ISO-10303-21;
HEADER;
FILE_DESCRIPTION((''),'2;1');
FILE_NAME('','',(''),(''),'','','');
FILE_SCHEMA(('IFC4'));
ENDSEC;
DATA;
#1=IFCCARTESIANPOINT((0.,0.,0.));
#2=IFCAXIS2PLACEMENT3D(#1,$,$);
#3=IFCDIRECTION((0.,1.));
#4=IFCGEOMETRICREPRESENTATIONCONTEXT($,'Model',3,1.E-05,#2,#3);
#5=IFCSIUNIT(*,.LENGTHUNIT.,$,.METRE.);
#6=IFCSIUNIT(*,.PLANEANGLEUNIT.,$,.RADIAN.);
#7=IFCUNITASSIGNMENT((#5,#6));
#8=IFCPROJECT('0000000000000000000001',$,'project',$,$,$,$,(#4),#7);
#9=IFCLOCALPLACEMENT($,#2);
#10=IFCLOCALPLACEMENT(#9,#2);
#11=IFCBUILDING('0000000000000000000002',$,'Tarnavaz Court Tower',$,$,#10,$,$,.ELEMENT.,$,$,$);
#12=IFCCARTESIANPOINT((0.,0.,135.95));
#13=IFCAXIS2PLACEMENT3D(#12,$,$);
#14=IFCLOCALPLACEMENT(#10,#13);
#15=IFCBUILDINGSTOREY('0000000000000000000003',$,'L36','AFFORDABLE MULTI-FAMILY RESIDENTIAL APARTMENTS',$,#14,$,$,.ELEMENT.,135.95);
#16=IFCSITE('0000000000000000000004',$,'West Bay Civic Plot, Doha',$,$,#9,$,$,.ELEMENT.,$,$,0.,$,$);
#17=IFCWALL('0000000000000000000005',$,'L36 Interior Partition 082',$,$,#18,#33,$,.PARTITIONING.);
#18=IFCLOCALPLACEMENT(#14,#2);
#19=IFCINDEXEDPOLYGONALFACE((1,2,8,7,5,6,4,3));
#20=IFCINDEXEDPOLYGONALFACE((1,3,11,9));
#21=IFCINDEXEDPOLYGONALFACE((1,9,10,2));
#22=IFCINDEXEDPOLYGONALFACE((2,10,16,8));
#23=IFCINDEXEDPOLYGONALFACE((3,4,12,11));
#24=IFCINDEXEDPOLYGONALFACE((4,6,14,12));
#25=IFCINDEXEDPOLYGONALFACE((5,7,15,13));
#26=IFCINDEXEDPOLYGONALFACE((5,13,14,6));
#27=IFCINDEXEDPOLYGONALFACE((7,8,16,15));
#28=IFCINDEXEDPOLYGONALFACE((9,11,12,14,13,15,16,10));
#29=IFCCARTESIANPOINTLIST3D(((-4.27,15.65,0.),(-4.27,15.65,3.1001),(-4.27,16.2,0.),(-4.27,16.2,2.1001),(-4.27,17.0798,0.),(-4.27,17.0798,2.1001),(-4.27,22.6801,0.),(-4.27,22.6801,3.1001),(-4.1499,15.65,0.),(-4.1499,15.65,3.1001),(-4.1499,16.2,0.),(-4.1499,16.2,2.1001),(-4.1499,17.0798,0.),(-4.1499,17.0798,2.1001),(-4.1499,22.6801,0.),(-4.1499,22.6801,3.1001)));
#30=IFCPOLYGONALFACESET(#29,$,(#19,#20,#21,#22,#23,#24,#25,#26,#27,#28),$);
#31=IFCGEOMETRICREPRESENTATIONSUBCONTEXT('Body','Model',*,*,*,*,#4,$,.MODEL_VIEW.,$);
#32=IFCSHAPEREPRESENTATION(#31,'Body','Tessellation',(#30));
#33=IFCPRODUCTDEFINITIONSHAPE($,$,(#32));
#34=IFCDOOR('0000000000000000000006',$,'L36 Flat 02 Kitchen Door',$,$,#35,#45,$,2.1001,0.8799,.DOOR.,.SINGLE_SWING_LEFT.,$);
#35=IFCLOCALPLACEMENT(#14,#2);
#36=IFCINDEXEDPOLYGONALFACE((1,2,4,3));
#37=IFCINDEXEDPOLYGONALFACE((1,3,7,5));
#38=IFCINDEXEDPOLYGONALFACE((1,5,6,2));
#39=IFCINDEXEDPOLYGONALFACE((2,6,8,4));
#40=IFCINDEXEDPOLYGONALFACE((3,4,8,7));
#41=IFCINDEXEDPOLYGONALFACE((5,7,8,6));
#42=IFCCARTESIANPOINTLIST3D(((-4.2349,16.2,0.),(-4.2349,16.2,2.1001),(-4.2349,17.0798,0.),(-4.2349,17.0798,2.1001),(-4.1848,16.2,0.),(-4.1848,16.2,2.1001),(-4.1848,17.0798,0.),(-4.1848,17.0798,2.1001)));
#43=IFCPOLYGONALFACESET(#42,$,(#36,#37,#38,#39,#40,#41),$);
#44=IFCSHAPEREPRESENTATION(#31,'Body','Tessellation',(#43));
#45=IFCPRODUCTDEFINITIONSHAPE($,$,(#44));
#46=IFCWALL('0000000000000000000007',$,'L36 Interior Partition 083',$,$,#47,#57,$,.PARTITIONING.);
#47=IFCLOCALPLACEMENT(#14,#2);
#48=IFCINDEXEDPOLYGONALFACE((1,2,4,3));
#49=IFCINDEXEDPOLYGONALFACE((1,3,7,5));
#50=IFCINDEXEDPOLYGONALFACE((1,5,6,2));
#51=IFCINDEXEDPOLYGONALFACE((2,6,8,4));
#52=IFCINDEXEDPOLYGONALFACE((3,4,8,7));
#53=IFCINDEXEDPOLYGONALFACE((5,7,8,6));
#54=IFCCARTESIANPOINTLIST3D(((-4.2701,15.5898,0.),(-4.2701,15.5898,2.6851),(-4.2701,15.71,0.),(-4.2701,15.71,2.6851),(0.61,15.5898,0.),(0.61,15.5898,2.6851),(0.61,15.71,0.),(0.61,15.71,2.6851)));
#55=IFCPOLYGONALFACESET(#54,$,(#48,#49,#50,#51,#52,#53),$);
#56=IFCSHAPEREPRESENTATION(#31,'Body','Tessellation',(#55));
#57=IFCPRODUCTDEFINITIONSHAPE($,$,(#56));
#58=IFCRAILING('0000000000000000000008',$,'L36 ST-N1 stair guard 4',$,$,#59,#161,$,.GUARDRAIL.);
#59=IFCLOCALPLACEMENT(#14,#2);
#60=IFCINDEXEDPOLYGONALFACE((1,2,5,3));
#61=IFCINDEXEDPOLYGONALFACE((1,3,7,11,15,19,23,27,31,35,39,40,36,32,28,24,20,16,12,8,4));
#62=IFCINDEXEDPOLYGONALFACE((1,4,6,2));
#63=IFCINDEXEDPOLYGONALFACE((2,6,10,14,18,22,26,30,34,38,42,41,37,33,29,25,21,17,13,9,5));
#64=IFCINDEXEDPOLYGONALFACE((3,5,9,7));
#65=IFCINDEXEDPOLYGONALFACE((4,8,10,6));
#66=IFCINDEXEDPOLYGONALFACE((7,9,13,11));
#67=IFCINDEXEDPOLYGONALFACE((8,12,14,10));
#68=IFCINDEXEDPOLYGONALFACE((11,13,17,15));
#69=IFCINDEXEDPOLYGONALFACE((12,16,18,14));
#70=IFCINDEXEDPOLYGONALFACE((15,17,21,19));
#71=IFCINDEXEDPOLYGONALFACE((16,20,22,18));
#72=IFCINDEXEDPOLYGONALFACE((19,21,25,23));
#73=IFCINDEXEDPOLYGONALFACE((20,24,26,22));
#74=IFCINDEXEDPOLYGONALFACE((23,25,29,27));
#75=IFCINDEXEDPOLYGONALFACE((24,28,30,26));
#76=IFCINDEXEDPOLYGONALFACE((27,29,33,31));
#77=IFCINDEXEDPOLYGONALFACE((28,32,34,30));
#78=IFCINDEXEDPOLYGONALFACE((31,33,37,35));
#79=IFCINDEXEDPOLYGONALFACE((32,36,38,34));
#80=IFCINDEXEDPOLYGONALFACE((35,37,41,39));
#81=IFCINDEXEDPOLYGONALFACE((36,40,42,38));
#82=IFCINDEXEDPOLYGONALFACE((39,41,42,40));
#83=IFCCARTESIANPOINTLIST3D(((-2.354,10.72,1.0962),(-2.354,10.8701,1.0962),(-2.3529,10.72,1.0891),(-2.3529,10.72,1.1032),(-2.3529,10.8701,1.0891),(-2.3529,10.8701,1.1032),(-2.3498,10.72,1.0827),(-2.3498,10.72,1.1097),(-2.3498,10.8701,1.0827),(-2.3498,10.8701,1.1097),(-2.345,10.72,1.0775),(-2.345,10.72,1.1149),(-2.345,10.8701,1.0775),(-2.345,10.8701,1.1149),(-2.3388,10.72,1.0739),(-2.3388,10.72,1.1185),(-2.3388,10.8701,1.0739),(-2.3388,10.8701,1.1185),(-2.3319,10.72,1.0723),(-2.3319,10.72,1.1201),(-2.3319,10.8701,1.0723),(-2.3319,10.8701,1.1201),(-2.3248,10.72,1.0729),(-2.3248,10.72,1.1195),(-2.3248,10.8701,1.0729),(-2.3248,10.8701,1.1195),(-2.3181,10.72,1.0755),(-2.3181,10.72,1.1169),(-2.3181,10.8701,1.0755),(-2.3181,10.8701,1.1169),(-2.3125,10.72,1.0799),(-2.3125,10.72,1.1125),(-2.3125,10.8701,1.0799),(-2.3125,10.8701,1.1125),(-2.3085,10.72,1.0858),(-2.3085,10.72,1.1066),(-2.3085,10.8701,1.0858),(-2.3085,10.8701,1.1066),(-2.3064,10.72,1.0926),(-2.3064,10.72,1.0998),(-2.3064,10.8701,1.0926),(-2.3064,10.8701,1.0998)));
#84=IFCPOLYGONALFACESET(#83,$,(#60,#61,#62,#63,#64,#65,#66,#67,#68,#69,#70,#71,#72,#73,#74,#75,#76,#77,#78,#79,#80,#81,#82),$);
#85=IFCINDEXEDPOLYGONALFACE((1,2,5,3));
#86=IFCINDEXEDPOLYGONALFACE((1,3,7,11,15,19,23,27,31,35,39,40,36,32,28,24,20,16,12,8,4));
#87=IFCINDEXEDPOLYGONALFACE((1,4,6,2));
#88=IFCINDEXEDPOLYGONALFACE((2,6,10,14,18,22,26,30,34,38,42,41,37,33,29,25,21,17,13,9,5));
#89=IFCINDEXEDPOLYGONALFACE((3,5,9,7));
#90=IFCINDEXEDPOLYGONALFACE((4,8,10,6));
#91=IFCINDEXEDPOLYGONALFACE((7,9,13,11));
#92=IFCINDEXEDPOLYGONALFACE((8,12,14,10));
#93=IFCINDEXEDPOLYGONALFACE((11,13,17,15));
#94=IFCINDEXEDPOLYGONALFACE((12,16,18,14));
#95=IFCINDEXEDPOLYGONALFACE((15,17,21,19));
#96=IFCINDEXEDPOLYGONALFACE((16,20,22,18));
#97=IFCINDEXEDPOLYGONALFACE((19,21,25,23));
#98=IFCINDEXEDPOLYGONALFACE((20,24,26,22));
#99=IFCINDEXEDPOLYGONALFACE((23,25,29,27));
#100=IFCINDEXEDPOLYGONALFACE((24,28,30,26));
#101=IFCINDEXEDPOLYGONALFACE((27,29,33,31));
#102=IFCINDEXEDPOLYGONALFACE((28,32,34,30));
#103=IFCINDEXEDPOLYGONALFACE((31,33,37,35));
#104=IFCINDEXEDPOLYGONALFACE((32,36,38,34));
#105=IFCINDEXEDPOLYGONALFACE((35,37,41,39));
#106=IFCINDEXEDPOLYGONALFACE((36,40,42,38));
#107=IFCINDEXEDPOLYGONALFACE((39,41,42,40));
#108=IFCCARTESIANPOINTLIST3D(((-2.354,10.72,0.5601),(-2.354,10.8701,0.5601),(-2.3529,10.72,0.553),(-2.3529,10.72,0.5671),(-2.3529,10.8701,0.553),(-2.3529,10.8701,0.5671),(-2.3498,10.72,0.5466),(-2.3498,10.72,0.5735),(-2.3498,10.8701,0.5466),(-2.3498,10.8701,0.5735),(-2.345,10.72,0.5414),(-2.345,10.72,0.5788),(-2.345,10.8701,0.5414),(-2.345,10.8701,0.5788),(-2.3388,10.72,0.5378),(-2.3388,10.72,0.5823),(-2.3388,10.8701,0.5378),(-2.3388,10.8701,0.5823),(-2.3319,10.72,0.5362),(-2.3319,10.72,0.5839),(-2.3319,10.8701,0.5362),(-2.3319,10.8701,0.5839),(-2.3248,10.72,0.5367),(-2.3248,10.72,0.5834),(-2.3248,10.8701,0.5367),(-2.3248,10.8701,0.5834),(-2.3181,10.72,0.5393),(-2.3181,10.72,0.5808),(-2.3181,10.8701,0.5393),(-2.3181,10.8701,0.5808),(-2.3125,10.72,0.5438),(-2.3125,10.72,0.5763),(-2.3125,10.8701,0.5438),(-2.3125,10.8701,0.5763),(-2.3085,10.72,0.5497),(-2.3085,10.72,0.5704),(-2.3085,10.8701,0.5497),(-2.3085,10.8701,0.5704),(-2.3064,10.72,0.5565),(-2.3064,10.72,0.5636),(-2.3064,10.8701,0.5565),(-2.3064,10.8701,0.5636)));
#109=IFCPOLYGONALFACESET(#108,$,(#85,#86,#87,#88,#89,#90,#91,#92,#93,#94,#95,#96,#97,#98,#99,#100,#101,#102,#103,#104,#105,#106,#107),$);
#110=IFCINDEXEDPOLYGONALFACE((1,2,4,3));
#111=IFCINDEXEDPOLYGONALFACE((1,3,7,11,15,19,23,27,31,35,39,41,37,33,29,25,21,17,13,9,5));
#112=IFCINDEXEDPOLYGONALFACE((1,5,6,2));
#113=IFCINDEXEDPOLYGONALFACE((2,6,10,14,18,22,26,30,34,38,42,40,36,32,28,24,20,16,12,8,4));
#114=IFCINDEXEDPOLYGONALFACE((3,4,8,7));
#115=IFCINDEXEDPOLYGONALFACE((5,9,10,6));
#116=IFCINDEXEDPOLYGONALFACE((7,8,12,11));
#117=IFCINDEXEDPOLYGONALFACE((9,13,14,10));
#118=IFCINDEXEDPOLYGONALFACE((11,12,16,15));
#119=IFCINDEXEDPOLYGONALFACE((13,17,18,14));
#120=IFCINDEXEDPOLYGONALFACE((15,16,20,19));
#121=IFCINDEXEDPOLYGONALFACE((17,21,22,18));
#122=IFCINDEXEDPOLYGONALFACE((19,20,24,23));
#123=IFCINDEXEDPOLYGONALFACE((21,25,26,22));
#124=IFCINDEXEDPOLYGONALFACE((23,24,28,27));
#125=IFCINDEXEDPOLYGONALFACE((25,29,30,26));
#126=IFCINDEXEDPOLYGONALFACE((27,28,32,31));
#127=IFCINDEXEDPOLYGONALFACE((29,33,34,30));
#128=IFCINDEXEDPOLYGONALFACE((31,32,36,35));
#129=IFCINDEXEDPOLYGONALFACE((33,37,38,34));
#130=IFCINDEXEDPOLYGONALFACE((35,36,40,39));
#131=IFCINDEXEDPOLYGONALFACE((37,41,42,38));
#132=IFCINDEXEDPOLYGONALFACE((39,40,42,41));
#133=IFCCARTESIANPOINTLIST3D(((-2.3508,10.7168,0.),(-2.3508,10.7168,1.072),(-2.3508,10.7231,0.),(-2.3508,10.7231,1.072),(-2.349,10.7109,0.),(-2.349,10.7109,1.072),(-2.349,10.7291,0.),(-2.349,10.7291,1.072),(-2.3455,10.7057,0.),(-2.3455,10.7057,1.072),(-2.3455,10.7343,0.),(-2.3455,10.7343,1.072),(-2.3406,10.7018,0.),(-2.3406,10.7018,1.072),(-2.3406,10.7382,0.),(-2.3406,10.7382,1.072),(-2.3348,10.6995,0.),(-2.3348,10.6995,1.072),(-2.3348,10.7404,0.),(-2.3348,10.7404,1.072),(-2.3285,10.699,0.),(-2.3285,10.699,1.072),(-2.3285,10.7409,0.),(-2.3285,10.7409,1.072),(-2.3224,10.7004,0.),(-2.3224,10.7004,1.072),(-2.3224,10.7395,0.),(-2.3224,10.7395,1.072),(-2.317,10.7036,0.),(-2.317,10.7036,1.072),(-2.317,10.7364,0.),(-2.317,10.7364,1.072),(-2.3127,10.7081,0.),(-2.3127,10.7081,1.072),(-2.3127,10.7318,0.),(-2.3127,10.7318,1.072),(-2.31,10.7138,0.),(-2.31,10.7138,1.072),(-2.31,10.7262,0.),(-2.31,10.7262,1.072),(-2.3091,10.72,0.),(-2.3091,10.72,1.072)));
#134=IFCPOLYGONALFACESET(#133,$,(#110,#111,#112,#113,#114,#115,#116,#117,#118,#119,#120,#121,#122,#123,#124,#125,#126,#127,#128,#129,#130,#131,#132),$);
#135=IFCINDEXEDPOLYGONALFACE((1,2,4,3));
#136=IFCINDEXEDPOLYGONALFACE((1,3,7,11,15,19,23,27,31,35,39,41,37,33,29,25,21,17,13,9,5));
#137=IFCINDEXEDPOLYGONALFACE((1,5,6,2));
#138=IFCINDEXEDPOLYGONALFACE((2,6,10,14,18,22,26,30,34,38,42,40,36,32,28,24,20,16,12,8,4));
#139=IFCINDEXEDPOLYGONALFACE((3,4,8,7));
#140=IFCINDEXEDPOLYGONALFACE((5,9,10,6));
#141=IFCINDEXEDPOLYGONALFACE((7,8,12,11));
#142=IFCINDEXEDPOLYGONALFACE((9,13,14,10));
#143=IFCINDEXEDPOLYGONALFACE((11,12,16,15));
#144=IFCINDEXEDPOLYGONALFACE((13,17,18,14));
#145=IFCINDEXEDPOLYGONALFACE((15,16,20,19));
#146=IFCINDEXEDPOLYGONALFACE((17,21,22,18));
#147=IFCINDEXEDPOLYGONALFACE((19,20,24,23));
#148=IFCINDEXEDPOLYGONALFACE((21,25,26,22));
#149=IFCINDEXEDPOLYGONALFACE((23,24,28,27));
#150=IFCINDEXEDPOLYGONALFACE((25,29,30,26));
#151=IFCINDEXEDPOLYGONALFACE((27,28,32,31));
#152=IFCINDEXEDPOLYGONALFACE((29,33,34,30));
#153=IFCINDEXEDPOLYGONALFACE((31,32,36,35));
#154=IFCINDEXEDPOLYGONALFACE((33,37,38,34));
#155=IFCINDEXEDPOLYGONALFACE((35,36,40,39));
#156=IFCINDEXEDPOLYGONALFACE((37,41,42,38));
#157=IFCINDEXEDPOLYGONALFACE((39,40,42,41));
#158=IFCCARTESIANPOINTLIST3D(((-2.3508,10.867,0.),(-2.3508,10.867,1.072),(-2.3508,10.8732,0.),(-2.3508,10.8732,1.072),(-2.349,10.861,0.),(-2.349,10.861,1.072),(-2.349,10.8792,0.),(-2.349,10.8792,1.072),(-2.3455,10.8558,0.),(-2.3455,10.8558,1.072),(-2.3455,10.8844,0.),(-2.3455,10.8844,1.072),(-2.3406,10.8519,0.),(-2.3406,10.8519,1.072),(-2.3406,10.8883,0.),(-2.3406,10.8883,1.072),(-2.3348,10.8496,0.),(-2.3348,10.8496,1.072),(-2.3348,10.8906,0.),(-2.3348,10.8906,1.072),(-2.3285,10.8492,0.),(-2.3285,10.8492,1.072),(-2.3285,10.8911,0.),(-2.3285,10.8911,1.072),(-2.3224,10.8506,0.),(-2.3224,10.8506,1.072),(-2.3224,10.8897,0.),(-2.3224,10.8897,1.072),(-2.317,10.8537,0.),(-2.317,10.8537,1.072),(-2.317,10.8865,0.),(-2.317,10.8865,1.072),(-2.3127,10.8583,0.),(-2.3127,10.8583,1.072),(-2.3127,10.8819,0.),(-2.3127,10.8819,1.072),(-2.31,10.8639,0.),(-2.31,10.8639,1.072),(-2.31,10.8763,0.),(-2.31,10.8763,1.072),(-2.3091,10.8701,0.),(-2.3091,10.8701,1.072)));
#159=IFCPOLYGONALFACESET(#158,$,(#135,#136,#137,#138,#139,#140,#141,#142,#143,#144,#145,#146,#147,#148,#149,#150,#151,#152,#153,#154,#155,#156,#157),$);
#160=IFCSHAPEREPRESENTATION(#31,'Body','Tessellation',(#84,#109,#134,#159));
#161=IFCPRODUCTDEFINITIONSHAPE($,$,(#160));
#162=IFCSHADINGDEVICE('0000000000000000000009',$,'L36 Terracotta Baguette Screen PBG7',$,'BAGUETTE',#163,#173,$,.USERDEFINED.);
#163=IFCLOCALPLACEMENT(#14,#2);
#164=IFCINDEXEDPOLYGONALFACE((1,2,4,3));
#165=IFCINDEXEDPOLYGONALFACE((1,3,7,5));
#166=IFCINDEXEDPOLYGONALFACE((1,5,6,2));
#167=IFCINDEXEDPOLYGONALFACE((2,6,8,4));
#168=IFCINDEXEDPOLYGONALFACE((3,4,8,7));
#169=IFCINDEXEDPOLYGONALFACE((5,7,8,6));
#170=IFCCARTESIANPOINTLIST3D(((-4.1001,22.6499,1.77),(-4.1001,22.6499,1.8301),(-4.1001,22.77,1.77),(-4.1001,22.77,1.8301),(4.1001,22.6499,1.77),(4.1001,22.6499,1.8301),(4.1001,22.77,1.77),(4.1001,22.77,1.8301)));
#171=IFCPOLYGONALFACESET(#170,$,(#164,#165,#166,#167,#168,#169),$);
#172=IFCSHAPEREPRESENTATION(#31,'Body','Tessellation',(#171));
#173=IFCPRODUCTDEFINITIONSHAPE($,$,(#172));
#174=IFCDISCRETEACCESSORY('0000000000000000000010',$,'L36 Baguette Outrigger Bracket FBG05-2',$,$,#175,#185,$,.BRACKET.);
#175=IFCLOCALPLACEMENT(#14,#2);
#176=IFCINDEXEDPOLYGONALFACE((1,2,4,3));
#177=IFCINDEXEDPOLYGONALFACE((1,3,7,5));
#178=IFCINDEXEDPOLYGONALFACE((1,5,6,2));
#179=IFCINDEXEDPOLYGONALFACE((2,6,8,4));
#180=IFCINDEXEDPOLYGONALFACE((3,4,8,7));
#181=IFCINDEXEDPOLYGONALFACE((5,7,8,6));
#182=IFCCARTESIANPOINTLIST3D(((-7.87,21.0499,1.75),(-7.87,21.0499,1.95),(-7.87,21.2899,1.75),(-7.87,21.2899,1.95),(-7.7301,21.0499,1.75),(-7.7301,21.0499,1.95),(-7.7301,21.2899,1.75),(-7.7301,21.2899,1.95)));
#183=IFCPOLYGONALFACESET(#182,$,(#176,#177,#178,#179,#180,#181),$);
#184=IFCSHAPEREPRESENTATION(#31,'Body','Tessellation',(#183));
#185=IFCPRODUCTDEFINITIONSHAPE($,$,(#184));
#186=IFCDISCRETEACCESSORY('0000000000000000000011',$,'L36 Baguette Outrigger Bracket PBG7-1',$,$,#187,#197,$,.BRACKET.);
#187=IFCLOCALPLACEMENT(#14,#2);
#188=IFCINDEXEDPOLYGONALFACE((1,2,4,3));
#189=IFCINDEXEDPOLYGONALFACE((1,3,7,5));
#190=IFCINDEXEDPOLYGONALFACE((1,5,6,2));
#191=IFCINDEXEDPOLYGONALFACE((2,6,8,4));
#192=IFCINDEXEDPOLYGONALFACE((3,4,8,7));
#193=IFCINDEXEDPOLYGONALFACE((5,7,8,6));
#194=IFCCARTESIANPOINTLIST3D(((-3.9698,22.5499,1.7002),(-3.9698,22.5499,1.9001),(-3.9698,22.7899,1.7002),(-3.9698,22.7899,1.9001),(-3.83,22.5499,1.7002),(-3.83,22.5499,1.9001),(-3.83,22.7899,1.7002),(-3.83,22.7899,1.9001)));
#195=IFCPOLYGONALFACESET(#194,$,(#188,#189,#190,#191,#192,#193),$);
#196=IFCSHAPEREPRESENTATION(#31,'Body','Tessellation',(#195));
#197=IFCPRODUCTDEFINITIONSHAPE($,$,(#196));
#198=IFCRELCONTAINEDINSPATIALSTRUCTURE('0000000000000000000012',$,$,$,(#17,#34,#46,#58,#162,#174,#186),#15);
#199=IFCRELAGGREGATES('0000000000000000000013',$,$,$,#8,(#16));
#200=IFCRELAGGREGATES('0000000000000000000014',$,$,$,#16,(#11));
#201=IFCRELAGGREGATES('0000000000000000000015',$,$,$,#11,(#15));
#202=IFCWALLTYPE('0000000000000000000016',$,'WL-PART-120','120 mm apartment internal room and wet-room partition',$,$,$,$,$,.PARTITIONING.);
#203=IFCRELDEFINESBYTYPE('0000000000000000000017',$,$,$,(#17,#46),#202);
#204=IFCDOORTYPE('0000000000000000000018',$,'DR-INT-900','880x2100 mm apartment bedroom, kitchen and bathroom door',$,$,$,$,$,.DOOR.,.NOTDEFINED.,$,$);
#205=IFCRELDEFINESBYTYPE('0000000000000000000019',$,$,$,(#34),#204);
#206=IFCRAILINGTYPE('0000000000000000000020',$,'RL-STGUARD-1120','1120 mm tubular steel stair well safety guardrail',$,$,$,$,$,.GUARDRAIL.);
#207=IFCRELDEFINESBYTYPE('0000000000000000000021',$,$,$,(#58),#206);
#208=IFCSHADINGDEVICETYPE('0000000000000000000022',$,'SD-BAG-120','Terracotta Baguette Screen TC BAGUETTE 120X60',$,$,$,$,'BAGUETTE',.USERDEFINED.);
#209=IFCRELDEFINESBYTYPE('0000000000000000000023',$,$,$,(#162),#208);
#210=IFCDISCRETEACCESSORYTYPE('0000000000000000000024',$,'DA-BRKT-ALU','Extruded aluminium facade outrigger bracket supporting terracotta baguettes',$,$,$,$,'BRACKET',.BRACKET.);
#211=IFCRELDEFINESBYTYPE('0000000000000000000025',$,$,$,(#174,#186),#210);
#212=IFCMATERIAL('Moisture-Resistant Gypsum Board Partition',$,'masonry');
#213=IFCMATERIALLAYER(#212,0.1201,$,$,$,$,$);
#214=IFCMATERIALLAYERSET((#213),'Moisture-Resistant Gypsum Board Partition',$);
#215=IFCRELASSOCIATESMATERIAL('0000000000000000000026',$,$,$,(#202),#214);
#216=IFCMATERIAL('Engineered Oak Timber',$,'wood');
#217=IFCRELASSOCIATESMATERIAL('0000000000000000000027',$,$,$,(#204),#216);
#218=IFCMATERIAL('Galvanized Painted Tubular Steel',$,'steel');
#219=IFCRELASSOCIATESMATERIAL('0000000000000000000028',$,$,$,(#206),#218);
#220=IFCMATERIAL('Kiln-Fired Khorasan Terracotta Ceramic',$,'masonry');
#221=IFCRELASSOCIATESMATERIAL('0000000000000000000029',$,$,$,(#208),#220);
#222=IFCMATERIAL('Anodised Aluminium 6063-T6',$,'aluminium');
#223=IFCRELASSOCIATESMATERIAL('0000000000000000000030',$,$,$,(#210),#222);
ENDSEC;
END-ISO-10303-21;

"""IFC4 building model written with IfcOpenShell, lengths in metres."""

from ifc_helpers import new_model, si_unit, direction, frame, frame_2d, origin, origin_2d, place, context, subcontext, project, spatial, rectangle, circle, extrude, material, layer, layer_set, material_profile, profile_set, type_object, element, fill, save


model = new_model("IFC4")

# Units and contexts
model_context = context("Model", 3, precision=1e-05, world=origin(), true_north=direction((0.0, 1.0)))
body_context = subcontext(model_context, "Body", "Model", "MODEL_VIEW")
ifc_project = project(units=[si_unit("LENGTHUNIT", "METRE"), si_unit("PLANEANGLEUNIT", "RADIAN")], contexts=[model_context])

# Site, building, storey
site_placement = place(None, origin())
site = spatial("IfcSite", under=ifc_project, at=site_placement, Name="West Bay Civic Plot, Doha", CompositionType="ELEMENT", RefElevation=0.0)
building_placement = place(site_placement, origin())
building = spatial("IfcBuilding", under=site, at=building_placement, Name="Tarnavaz Court Tower", CompositionType="ELEMENT")
storey_placement = place(building_placement, frame((0.0, 0.0, 135.95)))
storey = spatial("IfcBuildingStorey", under=building, at=storey_placement, Name="L36", Description="AFFORDABLE MULTI-FAMILY RESIDENTIAL APARTMENTS", CompositionType="ELEMENT", Elevation=135.95)

# Shared definitions
ifc_material_1 = material(Name="Anodised Aluminium 6063-T6", Category="aluminium")

# Wall, opening, door
ifc_material_2 = material(Name="Moisture-Resistant Gypsum Board Partition", Category="masonry")
ifc_layer_1 = layer(ifc_material_2, 0.1201)
ifc_layer_set_1 = layer_set([ifc_layer_1], Name="Moisture-Resistant Gypsum Board Partition")
wall_type_1 = type_object("IfcWallType", Name="WL-PART-120", Description="120 mm apartment internal room and wet-room partition", PredefinedType="PARTITIONING", material=ifc_layer_set_1)
ifc_material_3 = material(Name="Engineered Oak Timber", Category="wood")
door_type = type_object("IfcDoorType", Name="DR-INT-900", Description="880x2100 mm apartment bedroom, kitchen and bathroom door", OperationType="NOTDEFINED", PredefinedType="DOOR", material=ifc_material_3)
wall_1_placement = place(storey_placement, frame((-4.21, 15.6499, 0.0), z_axis=(0.0, 0.0, 1.0), x_axis=(0.0, 1.0, 0.0)))
wall_1 = element("IfcWall", 1, at=wall_1_placement, inside=storey, type_object=wall_type_1, Name="L36 Interior Partition 082", PredefinedType="PARTITIONING", context=body_context, shape_type="SweptSolid", body=[
    extrude(rectangle(XDim=7.03, YDim=0.1201, at=frame_2d((3.5151, 0.0))), origin(), (0.0, 0.0, 1.0), 3.1001),
])
opening_1_placement = place(wall_1_placement, frame((0.55, 0.0, 0.0)))
opening_1 = element("IfcOpeningElement", 2, at=opening_1_placement, cuts=wall_1, PredefinedType="OPENING", context=body_context, shape_type="SweptSolid", body=[
    extrude(rectangle(XDim=0.8799, YDim=2.1001, at=frame_2d((0.4399, 1.05))), frame((0.0, 0.0701, 0.0), z_axis=(0.0, -1.0, 0.0), x_axis=(1.0, 0.0, 0.0)), (0.0, 0.0, 1.0), 0.1401),
])
door_1_placement = place(opening_1_placement, origin())
door_1 = element("IfcDoor", 3, at=door_1_placement, inside=storey, type_object=door_type, Name="L36 Flat 02 Kitchen Door", OperationType="SINGLE_SWING_LEFT", OverallHeight=2.1001, OverallWidth=0.8799, PredefinedType="DOOR", context=body_context, shape_type="SweptSolid", body=[
    extrude(rectangle(XDim=0.8799, YDim=2.1001, at=frame_2d((0.4399, 1.05))), frame((0.0, 0.0249, 0.0), z_axis=(0.0, -1.0, 0.0), x_axis=(1.0, 0.0, 0.0)), (0.0, 0.0, 1.0), 0.05),
])
fill(opening_1, door_1)

# Wall
wall_2_placement = place(storey_placement, frame((-4.27, 15.6499, 0.0), z_axis=(0.0, 0.0, 1.0), x_axis=(1.0, 0.0, 0.0)))
element("IfcWall", 4, at=wall_2_placement, inside=storey, type_object=wall_type_1, Name="L36 Interior Partition 083", PredefinedType="PARTITIONING", context=body_context, shape_type="SweptSolid", body=[
    extrude(rectangle(XDim=4.8801, YDim=0.1201, at=frame_2d((2.4399, 0.0))), origin(), (0.0, 0.0, 1.0), 2.6851),
])

# Railing
ifc_material_4 = material(Name="Galvanized Painted Tubular Steel", Category="steel")
railing_type = type_object("IfcRailingType", Name="RL-STGUARD-1120", Description="1120 mm tubular steel stair well safety guardrail", PredefinedType="GUARDRAIL", material=ifc_material_4)
railing_placement = place(storey_placement, frame((-2.3301, 10.72, 0.0)))
element("IfcRailing", 5, at=railing_placement, inside=storey, type_object=railing_type, Name="L36 ST-N1 stair guard 4", PredefinedType="GUARDRAIL", context=body_context, shape_type="SweptSolid", body=[
    extrude(circle(Radius=0.0239, at=origin_2d()), frame((0.0, 0.0, 1.0962), z_axis=(0.0, 1.0, 0.0), x_axis=(-1.0, 0.0, 0.0)), (0.0, 0.0, 1.0), 0.1501),
    extrude(circle(Radius=0.0239, at=origin_2d()), frame((0.0, 0.0, 0.5601), z_axis=(0.0, 1.0, 0.0), x_axis=(-1.0, 0.0, 0.0)), (0.0, 0.0, 1.0), 0.1501),
    extrude(circle(Radius=0.021, at=origin_2d()), origin(), (0.0, 0.0, 1.0), 1.072),
    extrude(circle(Radius=0.021, at=origin_2d()), frame((0.0, 0.1501, 0.0)), (0.0, 0.0, 1.0), 1.072),
])

# Shading device
ifc_material_5 = material(Name="Kiln-Fired Khorasan Terracotta Ceramic", Category="masonry")
ifc_material_profile_1 = material_profile(ifc_material_5, rectangle(XDim=0.1201, YDim=0.0601, at=origin_2d()), Name="TC BAGUETTE 120X60")
ifc_profile_set_1 = profile_set([ifc_material_profile_1], Name="Kiln-Fired Khorasan Terracotta Ceramic")
shading_device_type = type_object("IfcShadingDeviceType", Name="SD-BAG-120", Description="Terracotta Baguette Screen TC BAGUETTE 120X60", ElementType="BAGUETTE", PredefinedType="USERDEFINED", material=ifc_profile_set_1)
shading_device_placement = place(storey_placement, frame((-4.1001, 22.71, 1.8), z_axis=(1.0, 0.0, 0.0), x_axis=(0.0, 1.0, 0.0)))
element("IfcShadingDevice", 6, at=shading_device_placement, inside=storey, type_object=shading_device_type, Name="L36 Terracotta Baguette Screen PBG7", ObjectType="BAGUETTE", PredefinedType="USERDEFINED", context=body_context, shape_type="SweptSolid", body=[
    extrude(rectangle(XDim=0.1201, YDim=0.0601, at=origin_2d()), origin(), (0.0, 0.0, 1.0), 8.2002),
])

# Discrete accessories
discrete_accessory_type = type_object("IfcDiscreteAccessoryType", Name="DA-BRKT-ALU", Description="Extruded aluminium facade outrigger bracket supporting terracotta baguettes", ElementType="BRACKET", PredefinedType="BRACKET", material=ifc_material_1)
for number, where, z_axis, x_axis, name in (
    (7, (-7.8, 21.1699, 1.75), (0.0, 0.0, 1.0), (1.0, 0.0, 0.0), "L36 Baguette Outrigger Bracket FBG05-2"),
    (8, (-3.8999, 22.6699, 1.7002), (0.0, 0.0, 1.0), (1.0, 0.0, 0.0), "L36 Baguette Outrigger Bracket PBG7-1"),
):
    element("IfcDiscreteAccessory", number, at=place(storey_placement, frame(where, z_axis=z_axis, x_axis=x_axis)), inside=storey, type_object=discrete_accessory_type, Name=name, PredefinedType="BRACKET", context=body_context, shape_type="SweptSolid", body=[
        extrude(rectangle(XDim=0.1399, YDim=0.24, at=origin_2d()), origin(), (0.0, 0.0, 1.0), 0.2),
    ])

save(model, "model.ifc")
